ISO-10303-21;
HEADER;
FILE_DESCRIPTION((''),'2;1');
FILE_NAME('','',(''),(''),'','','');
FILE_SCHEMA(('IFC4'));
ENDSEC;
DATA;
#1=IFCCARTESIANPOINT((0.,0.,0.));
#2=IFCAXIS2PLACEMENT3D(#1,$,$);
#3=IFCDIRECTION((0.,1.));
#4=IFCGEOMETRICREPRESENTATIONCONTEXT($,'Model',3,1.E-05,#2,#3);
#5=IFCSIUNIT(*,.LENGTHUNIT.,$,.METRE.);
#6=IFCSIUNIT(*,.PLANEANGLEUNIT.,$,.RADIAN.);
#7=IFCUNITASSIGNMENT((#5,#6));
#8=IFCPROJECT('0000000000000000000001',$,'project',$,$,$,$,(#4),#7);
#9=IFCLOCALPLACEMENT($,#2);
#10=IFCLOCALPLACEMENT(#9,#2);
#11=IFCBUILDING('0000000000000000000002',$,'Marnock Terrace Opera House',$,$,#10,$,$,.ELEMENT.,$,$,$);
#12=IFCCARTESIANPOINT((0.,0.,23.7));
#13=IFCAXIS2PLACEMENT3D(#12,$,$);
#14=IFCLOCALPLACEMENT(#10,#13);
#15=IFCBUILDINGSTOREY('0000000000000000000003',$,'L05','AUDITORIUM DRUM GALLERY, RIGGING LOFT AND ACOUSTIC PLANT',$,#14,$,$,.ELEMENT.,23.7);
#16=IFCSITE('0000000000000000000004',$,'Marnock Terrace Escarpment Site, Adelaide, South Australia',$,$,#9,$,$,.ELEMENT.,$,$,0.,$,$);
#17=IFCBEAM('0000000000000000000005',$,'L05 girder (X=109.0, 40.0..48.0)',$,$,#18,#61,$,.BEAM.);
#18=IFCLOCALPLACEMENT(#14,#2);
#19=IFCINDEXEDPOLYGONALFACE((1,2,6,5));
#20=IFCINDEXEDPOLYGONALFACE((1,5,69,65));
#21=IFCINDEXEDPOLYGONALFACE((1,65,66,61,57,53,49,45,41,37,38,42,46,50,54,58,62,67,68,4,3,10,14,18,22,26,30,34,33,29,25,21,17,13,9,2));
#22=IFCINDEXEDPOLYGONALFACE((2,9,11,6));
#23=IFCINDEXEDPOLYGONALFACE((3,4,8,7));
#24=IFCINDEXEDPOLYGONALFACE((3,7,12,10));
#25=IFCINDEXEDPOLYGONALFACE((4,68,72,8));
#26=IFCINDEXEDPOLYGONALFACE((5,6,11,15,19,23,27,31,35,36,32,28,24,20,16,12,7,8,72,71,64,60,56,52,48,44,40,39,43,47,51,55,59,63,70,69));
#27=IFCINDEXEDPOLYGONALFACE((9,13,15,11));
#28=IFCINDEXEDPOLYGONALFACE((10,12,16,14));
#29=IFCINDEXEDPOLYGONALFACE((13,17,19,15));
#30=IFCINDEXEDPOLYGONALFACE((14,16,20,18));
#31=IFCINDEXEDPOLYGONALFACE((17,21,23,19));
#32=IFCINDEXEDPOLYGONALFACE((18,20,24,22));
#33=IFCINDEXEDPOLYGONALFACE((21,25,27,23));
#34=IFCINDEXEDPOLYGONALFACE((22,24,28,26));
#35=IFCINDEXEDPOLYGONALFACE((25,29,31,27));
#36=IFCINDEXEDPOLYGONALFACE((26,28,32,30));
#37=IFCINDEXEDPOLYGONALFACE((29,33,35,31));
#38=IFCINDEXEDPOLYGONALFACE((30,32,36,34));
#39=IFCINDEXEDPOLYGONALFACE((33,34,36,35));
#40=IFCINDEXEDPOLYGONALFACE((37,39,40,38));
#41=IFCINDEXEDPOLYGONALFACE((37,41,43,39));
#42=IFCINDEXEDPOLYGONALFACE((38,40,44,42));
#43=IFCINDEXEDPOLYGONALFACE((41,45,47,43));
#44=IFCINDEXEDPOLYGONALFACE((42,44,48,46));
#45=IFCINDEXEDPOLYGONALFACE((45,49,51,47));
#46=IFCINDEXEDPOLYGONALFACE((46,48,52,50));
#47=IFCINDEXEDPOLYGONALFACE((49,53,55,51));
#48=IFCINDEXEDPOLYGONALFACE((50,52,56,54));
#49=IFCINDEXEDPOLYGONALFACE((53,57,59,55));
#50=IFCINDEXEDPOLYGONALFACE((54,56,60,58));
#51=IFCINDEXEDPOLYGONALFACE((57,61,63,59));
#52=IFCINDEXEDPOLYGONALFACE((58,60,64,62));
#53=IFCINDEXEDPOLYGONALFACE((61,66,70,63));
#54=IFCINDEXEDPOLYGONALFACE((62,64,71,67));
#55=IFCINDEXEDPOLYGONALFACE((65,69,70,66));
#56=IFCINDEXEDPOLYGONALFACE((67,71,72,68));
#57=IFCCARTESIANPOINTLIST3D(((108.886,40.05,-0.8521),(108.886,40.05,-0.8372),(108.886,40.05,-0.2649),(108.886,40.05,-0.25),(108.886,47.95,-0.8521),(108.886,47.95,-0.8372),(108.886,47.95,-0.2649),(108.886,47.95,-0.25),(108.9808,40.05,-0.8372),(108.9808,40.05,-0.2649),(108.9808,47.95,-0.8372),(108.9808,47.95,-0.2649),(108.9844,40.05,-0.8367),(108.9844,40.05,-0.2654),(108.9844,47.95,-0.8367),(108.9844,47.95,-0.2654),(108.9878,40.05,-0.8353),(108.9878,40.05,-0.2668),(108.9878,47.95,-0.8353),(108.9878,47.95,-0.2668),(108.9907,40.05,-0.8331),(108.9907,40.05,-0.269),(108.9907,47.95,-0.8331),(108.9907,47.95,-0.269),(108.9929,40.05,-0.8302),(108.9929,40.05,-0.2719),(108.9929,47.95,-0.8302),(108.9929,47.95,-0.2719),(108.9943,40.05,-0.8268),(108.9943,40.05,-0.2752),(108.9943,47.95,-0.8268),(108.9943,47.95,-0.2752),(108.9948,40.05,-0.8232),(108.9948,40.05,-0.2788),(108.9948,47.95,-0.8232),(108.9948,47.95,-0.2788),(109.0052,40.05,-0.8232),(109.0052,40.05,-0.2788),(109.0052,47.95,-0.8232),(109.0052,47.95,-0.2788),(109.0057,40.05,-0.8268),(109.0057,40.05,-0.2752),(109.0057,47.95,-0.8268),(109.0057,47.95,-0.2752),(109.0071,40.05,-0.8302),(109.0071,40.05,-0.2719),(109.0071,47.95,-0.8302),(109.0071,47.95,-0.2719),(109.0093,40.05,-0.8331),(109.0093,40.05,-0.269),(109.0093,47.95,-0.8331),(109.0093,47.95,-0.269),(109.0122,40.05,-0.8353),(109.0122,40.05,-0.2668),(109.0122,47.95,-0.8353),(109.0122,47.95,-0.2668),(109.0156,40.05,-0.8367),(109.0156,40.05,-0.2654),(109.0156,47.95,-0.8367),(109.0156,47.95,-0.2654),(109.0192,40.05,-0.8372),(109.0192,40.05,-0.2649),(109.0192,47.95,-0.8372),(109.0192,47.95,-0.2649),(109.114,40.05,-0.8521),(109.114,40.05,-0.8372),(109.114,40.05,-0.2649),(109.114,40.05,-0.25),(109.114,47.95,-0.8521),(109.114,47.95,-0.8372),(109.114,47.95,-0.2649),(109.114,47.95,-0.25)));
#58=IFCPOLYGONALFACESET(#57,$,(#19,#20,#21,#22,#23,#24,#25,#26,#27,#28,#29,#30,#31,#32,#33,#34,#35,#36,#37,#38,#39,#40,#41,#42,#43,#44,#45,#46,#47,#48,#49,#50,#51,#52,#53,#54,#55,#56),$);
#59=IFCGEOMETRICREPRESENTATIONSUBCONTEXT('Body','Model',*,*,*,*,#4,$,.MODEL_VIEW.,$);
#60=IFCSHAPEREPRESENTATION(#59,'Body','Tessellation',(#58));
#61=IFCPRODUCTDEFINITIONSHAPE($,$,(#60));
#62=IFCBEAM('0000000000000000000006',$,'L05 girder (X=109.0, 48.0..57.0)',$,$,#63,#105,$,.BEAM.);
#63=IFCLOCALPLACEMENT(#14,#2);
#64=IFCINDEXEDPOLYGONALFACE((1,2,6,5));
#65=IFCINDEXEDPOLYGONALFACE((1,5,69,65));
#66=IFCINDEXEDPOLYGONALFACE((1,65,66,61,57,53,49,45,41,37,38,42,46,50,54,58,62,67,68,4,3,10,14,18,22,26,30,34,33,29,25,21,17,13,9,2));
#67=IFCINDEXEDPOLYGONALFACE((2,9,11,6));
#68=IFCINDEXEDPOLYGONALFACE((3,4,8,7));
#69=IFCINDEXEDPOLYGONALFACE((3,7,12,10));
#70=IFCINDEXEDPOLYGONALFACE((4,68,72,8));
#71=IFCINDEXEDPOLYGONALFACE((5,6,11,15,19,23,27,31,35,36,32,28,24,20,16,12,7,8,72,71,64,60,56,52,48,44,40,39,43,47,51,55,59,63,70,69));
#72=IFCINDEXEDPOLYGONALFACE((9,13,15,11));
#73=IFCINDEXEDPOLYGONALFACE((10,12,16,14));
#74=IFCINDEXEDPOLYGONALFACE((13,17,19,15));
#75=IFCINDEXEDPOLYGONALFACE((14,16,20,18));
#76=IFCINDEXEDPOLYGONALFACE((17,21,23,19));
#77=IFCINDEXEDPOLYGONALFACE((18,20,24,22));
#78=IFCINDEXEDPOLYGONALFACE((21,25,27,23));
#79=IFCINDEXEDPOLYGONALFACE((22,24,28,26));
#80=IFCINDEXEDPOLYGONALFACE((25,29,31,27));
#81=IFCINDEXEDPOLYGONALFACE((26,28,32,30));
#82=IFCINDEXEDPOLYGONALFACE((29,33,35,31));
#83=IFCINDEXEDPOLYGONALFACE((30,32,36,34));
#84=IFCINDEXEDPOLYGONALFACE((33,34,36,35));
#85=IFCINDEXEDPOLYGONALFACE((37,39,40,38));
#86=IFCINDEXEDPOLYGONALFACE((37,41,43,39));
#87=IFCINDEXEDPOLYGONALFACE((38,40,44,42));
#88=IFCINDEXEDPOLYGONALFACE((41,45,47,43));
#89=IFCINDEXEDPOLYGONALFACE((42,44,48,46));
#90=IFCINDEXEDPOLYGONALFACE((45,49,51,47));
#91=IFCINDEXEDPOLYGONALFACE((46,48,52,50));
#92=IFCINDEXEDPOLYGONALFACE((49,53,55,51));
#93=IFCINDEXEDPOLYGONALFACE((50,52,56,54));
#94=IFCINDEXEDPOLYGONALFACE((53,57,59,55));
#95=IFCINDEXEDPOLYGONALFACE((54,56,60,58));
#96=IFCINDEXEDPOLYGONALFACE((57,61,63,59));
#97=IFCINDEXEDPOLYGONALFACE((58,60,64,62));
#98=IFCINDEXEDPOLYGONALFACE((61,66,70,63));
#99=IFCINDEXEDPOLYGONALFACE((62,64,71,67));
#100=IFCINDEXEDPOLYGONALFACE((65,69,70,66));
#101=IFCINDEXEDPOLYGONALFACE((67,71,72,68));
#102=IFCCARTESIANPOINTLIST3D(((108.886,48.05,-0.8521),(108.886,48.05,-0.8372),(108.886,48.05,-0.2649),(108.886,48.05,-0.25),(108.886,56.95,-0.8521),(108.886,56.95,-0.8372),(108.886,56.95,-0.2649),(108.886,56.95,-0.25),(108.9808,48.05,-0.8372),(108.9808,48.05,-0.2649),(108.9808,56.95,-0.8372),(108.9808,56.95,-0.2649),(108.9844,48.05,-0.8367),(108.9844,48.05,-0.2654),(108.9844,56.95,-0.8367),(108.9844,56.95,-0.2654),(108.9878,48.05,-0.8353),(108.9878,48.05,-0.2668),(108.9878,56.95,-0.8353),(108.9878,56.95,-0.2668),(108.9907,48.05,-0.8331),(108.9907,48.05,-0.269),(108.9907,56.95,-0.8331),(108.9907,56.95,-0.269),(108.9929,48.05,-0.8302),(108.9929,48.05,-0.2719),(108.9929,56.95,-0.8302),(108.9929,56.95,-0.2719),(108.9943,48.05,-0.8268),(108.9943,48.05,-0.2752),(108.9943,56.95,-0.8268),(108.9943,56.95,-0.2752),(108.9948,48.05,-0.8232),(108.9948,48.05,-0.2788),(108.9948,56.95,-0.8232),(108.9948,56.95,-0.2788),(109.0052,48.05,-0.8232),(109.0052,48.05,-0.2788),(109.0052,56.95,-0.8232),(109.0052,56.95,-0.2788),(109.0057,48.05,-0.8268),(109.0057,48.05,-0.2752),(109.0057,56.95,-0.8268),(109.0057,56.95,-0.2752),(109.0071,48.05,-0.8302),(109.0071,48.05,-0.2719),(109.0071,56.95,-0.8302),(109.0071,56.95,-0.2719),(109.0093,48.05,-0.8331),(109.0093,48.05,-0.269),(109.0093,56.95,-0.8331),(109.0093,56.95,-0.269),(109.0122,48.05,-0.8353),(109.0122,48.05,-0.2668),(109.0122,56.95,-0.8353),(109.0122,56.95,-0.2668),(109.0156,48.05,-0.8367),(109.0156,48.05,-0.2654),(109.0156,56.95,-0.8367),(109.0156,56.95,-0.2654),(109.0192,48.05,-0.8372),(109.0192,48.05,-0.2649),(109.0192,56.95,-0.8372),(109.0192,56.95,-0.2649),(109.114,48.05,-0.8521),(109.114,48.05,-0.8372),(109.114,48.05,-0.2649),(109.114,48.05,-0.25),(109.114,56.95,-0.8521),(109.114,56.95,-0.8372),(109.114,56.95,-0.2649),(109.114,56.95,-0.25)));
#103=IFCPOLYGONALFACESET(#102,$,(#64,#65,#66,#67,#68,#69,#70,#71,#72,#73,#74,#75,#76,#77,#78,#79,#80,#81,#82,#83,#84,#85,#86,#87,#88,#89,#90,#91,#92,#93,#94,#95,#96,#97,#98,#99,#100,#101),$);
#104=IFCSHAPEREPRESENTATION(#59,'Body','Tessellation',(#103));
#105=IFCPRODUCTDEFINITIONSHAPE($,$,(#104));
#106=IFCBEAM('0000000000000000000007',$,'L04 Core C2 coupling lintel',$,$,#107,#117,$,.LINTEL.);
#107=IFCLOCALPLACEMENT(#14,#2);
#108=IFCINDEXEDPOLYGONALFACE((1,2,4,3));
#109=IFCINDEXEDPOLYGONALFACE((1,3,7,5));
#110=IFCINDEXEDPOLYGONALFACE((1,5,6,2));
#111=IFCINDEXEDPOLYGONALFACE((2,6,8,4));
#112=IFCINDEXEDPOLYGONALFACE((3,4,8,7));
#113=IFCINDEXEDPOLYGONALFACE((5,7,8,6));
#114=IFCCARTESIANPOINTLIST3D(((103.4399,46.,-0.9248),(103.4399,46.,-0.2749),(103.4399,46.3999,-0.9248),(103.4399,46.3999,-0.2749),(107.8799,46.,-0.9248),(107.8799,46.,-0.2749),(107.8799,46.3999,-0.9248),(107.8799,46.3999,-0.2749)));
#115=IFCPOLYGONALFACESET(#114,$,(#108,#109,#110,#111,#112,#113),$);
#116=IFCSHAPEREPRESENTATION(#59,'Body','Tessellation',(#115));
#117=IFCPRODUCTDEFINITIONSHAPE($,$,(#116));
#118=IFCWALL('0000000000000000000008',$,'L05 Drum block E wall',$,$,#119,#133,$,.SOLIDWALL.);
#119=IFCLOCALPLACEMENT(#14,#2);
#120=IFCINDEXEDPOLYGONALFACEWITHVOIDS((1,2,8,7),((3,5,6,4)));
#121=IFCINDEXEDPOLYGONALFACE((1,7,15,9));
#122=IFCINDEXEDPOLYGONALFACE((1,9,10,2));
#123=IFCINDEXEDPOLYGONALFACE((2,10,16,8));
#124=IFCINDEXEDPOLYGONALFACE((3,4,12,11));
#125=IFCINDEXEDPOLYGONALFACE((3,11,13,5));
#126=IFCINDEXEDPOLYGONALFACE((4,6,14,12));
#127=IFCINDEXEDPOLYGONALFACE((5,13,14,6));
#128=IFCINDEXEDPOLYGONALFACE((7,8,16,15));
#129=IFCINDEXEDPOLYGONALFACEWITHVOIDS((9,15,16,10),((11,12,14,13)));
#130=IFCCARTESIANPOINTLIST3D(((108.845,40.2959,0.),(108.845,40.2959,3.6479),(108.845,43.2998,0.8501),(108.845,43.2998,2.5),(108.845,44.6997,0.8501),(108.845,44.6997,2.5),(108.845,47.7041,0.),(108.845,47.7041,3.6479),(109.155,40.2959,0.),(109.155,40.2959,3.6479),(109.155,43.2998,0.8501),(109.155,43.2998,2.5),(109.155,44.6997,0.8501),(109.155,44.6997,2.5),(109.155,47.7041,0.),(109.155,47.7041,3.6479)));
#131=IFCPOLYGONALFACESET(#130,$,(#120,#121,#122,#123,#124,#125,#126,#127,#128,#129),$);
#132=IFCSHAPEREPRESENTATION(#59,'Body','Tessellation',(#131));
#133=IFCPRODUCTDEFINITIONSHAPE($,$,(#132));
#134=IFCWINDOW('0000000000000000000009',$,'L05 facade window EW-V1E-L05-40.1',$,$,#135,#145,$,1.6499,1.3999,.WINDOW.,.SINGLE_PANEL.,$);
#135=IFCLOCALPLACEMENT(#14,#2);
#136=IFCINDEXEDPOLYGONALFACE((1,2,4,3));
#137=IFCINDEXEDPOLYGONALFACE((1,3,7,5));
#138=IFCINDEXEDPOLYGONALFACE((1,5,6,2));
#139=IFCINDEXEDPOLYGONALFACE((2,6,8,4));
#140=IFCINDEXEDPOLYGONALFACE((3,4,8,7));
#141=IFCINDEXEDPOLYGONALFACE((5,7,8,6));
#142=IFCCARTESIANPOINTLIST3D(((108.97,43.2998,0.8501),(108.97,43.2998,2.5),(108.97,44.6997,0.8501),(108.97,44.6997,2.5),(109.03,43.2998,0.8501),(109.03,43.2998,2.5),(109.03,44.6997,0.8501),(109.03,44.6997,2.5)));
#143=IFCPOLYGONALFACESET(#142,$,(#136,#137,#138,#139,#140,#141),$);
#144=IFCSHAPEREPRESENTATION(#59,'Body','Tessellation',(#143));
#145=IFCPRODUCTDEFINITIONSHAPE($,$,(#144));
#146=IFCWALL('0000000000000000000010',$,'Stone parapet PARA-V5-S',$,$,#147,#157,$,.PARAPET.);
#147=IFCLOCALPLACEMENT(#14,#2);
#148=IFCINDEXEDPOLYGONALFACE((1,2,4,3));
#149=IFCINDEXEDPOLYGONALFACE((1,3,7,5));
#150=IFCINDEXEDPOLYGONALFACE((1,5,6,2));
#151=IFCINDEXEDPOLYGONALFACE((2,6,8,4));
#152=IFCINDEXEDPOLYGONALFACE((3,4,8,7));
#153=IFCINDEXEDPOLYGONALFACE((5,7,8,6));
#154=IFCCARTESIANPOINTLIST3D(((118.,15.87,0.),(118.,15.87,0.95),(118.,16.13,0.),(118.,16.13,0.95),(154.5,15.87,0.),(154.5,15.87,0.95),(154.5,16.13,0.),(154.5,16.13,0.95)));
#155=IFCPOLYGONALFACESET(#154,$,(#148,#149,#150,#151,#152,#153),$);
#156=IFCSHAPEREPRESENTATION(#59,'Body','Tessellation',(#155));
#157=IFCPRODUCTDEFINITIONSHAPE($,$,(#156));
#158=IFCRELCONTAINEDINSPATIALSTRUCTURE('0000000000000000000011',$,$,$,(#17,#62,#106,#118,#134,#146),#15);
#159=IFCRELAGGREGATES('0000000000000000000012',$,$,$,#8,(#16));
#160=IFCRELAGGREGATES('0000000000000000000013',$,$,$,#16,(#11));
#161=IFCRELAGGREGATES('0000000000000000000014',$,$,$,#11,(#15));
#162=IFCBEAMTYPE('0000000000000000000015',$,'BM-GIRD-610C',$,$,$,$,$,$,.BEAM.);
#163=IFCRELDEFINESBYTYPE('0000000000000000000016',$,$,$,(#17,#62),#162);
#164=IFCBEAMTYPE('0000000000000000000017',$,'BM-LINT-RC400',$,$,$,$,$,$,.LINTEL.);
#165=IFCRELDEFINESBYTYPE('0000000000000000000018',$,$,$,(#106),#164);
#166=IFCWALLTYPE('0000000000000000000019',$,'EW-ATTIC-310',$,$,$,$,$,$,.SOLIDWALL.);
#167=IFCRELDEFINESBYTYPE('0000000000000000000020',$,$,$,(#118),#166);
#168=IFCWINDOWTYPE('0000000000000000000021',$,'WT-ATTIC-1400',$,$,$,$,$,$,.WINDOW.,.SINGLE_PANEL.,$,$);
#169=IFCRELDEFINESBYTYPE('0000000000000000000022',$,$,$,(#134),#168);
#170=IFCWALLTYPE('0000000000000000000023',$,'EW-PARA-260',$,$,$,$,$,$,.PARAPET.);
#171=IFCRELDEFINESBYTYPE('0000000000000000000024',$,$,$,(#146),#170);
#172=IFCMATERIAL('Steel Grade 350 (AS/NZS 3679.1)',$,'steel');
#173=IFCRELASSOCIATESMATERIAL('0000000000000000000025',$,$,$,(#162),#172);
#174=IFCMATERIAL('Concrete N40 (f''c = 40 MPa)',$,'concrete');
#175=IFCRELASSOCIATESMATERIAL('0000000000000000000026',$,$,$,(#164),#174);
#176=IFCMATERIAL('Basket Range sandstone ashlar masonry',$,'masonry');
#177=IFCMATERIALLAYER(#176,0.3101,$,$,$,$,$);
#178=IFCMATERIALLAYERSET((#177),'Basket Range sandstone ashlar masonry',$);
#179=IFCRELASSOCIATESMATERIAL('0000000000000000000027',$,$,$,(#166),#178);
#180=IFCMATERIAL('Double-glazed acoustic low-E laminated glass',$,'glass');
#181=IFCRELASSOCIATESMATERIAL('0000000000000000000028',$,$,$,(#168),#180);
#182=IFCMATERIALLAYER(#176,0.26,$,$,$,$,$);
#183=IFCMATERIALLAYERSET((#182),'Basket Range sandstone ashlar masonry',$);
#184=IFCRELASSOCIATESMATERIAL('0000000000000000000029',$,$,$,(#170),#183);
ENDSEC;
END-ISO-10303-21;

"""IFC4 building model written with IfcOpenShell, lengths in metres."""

from ifc_helpers import new_model, si_unit, direction, frame, frame_2d, origin, origin_2d, place, context, subcontext, project, spatial, rectangle, i_section, extrude, material, layer, layer_set, material_profile, profile_set, type_object, element, fill, save


model = new_model("IFC4")

# Units and contexts
model_context = context("Model", 3, precision=1e-05, world=origin(), true_north=direction((0.0, 1.0)))
body_context = subcontext(model_context, "Body", "Model", "MODEL_VIEW")
ifc_project = project(units=[si_unit("LENGTHUNIT", "METRE"), si_unit("PLANEANGLEUNIT", "RADIAN")], contexts=[model_context])

# Site, building, storey
site_placement = place(None, origin())
site = spatial("IfcSite", under=ifc_project, at=site_placement, Name="Marnock Terrace Escarpment Site, Adelaide, South Australia", CompositionType="ELEMENT", RefElevation=0.0)
building_placement = place(site_placement, origin())
building = spatial("IfcBuilding", under=site, at=building_placement, Name="Marnock Terrace Opera House", CompositionType="ELEMENT")
storey_placement = place(building_placement, frame((0.0, 0.0, 23.7)))
storey = spatial("IfcBuildingStorey", under=building, at=storey_placement, Name="L05", Description="AUDITORIUM DRUM GALLERY, RIGGING LOFT AND ACOUSTIC PLANT", CompositionType="ELEMENT", Elevation=23.7)

# Shared definitions
ifc_material_1 = material(Name="Concrete N40 (f'c = 40 MPa)", Category="concrete")

# Beams
ifc_material_2 = material(Name="Steel Grade 350 (AS/NZS 3679.1)", Category="steel")
ifc_material_profile_1 = material_profile(ifc_material_2, i_section(OverallWidth=0.228, OverallDepth=0.6021, WebThickness=0.0105, FlangeThickness=0.0149, FilletRadius=0.0139, at=origin_2d()))
ifc_profile_set_1 = profile_set([ifc_material_profile_1], Name="Steel Grade 350 (AS/NZS 3679.1)")
beam_type_1 = type_object("IfcBeamType", Name="BM-GIRD-610C", PredefinedType="BEAM", material=ifc_profile_set_1)
beam_1_placement = place(storey_placement, frame((109.0, 40.05, -0.551), z_axis=(0.0, 1.0, 0.0), x_axis=(-1.0, 0.0, 0.0)))
element("IfcBeam", 1, at=beam_1_placement, inside=storey, type_object=beam_type_1, Name="L05 girder (X=109.0, 40.0..48.0)", PredefinedType="BEAM", context=body_context, shape_type="SweptSolid", body=[
    extrude(i_section(OverallWidth=0.228, OverallDepth=0.6021, WebThickness=0.0105, FlangeThickness=0.0149, FilletRadius=0.0139, at=origin_2d()), origin(), (0.0, 0.0, 1.0), 7.8999),
])
beam_2_placement = place(storey_placement, frame((109.0, 48.05, -0.551), z_axis=(0.0, 1.0, 0.0), x_axis=(-1.0, 0.0, 0.0)))
element("IfcBeam", 2, at=beam_2_placement, inside=storey, type_object=beam_type_1, Name="L05 girder (X=109.0, 48.0..57.0)", PredefinedType="BEAM", context=body_context, shape_type="SweptSolid", body=[
    extrude(i_section(OverallWidth=0.228, OverallDepth=0.6021, WebThickness=0.0105, FlangeThickness=0.0149, FilletRadius=0.0139, at=origin_2d()), origin(), (0.0, 0.0, 1.0), 8.8999),
])
ifc_material_profile_2 = material_profile(ifc_material_1, rectangle(XDim=0.3999, YDim=0.6499, at=origin_2d()))
ifc_profile_set_2 = profile_set([ifc_material_profile_2], Name="Concrete N40 (f'c = 40 MPa)")
beam_type_2 = type_object("IfcBeamType", Name="BM-LINT-RC400", PredefinedType="LINTEL", material=ifc_profile_set_2)
beam_3_placement = place(storey_placement, frame((103.4399, 46.2, -0.5999), z_axis=(1.0, 0.0, 0.0), x_axis=(0.0, 1.0, 0.0)))
element("IfcBeam", 3, at=beam_3_placement, inside=storey, type_object=beam_type_2, Name="L04 Core C2 coupling lintel", PredefinedType="LINTEL", context=body_context, shape_type="SweptSolid", body=[
    extrude(rectangle(XDim=0.3999, YDim=0.6499, at=origin_2d()), origin(), (0.0, 0.0, 1.0), 4.4399),
])

# Wall, opening, window
ifc_material_3 = material(Name="Basket Range sandstone ashlar masonry", Category="masonry")
ifc_layer_1 = layer(ifc_material_3, 0.3101)
ifc_layer_set_1 = layer_set([ifc_layer_1], Name="Basket Range sandstone ashlar masonry")
wall_type_1 = type_object("IfcWallType", Name="EW-ATTIC-310", PredefinedType="SOLIDWALL", material=ifc_layer_set_1)
wall_1_placement = place(storey_placement, frame((109.0, 40.2959, 0.0), z_axis=(0.0, 0.0, 1.0), x_axis=(0.0, 1.0, 0.0)))
wall_1 = element("IfcWall", 4, at=wall_1_placement, inside=storey, type_object=wall_type_1, Name="L05 Drum block E wall", PredefinedType="SOLIDWALL", context=body_context, shape_type="SweptSolid", body=[
    extrude(rectangle(XDim=7.4082, YDim=0.3101, at=frame_2d((3.7041, 0.0))), origin(), (0.0, 0.0, 1.0), 3.6479),
])
opening_1_placement = place(wall_1_placement, frame((3.0039, 0.0, 0.8501)))
opening_1 = element("IfcOpeningElement", 5, at=opening_1_placement, cuts=wall_1, PredefinedType="OPENING", context=body_context, shape_type="SweptSolid", body=[
    extrude(rectangle(XDim=1.3999, YDim=1.6499, at=frame_2d((0.7, 0.825))), frame((0.0, 0.165, 0.0), z_axis=(0.0, -1.0, 0.0), x_axis=(1.0, 0.0, 0.0)), (0.0, 0.0, 1.0), 0.3301),
])
ifc_material_4 = material(Name="Double-glazed acoustic low-E laminated glass", Category="glass")
window_type = type_object("IfcWindowType", Name="WT-ATTIC-1400", PartitioningType="SINGLE_PANEL", PredefinedType="WINDOW", material=ifc_material_4)
window_placement = place(opening_1_placement, origin())
window = element("IfcWindow", 6, at=window_placement, inside=storey, type_object=window_type, Name="L05 facade window EW-V1E-L05-40.1", OverallHeight=1.6499, OverallWidth=1.3999, PartitioningType="SINGLE_PANEL", PredefinedType="WINDOW", context=body_context, shape_type="SweptSolid", body=[
    extrude(rectangle(XDim=1.3999, YDim=1.6499, at=frame_2d((0.7, 0.825))), frame((0.0, 0.03, 0.0), z_axis=(0.0, -1.0, 0.0), x_axis=(1.0, 0.0, 0.0)), (0.0, 0.0, 1.0), 0.0601),
])
fill(opening_1, window)

# Wall
ifc_layer_2 = layer(ifc_material_3, 0.26)
ifc_layer_set_2 = layer_set([ifc_layer_2], Name="Basket Range sandstone ashlar masonry")
wall_type_2 = type_object("IfcWallType", Name="EW-PARA-260", PredefinedType="PARAPET", material=ifc_layer_set_2)
wall_2_placement = place(storey_placement, frame((118.0, 16.0, 0.0), z_axis=(0.0, 0.0, 1.0), x_axis=(1.0, 0.0, 0.0)))
element("IfcWall", 7, at=wall_2_placement, inside=storey, type_object=wall_type_2, Name="Stone parapet PARA-V5-S", PredefinedType="PARAPET", context=body_context, shape_type="SweptSolid", body=[
    extrude(rectangle(XDim=36.5, YDim=0.26, at=frame_2d((18.25, 0.0))), origin(), (0.0, 0.0, 1.0), 0.95),
])

save(model, "model.ifc")
